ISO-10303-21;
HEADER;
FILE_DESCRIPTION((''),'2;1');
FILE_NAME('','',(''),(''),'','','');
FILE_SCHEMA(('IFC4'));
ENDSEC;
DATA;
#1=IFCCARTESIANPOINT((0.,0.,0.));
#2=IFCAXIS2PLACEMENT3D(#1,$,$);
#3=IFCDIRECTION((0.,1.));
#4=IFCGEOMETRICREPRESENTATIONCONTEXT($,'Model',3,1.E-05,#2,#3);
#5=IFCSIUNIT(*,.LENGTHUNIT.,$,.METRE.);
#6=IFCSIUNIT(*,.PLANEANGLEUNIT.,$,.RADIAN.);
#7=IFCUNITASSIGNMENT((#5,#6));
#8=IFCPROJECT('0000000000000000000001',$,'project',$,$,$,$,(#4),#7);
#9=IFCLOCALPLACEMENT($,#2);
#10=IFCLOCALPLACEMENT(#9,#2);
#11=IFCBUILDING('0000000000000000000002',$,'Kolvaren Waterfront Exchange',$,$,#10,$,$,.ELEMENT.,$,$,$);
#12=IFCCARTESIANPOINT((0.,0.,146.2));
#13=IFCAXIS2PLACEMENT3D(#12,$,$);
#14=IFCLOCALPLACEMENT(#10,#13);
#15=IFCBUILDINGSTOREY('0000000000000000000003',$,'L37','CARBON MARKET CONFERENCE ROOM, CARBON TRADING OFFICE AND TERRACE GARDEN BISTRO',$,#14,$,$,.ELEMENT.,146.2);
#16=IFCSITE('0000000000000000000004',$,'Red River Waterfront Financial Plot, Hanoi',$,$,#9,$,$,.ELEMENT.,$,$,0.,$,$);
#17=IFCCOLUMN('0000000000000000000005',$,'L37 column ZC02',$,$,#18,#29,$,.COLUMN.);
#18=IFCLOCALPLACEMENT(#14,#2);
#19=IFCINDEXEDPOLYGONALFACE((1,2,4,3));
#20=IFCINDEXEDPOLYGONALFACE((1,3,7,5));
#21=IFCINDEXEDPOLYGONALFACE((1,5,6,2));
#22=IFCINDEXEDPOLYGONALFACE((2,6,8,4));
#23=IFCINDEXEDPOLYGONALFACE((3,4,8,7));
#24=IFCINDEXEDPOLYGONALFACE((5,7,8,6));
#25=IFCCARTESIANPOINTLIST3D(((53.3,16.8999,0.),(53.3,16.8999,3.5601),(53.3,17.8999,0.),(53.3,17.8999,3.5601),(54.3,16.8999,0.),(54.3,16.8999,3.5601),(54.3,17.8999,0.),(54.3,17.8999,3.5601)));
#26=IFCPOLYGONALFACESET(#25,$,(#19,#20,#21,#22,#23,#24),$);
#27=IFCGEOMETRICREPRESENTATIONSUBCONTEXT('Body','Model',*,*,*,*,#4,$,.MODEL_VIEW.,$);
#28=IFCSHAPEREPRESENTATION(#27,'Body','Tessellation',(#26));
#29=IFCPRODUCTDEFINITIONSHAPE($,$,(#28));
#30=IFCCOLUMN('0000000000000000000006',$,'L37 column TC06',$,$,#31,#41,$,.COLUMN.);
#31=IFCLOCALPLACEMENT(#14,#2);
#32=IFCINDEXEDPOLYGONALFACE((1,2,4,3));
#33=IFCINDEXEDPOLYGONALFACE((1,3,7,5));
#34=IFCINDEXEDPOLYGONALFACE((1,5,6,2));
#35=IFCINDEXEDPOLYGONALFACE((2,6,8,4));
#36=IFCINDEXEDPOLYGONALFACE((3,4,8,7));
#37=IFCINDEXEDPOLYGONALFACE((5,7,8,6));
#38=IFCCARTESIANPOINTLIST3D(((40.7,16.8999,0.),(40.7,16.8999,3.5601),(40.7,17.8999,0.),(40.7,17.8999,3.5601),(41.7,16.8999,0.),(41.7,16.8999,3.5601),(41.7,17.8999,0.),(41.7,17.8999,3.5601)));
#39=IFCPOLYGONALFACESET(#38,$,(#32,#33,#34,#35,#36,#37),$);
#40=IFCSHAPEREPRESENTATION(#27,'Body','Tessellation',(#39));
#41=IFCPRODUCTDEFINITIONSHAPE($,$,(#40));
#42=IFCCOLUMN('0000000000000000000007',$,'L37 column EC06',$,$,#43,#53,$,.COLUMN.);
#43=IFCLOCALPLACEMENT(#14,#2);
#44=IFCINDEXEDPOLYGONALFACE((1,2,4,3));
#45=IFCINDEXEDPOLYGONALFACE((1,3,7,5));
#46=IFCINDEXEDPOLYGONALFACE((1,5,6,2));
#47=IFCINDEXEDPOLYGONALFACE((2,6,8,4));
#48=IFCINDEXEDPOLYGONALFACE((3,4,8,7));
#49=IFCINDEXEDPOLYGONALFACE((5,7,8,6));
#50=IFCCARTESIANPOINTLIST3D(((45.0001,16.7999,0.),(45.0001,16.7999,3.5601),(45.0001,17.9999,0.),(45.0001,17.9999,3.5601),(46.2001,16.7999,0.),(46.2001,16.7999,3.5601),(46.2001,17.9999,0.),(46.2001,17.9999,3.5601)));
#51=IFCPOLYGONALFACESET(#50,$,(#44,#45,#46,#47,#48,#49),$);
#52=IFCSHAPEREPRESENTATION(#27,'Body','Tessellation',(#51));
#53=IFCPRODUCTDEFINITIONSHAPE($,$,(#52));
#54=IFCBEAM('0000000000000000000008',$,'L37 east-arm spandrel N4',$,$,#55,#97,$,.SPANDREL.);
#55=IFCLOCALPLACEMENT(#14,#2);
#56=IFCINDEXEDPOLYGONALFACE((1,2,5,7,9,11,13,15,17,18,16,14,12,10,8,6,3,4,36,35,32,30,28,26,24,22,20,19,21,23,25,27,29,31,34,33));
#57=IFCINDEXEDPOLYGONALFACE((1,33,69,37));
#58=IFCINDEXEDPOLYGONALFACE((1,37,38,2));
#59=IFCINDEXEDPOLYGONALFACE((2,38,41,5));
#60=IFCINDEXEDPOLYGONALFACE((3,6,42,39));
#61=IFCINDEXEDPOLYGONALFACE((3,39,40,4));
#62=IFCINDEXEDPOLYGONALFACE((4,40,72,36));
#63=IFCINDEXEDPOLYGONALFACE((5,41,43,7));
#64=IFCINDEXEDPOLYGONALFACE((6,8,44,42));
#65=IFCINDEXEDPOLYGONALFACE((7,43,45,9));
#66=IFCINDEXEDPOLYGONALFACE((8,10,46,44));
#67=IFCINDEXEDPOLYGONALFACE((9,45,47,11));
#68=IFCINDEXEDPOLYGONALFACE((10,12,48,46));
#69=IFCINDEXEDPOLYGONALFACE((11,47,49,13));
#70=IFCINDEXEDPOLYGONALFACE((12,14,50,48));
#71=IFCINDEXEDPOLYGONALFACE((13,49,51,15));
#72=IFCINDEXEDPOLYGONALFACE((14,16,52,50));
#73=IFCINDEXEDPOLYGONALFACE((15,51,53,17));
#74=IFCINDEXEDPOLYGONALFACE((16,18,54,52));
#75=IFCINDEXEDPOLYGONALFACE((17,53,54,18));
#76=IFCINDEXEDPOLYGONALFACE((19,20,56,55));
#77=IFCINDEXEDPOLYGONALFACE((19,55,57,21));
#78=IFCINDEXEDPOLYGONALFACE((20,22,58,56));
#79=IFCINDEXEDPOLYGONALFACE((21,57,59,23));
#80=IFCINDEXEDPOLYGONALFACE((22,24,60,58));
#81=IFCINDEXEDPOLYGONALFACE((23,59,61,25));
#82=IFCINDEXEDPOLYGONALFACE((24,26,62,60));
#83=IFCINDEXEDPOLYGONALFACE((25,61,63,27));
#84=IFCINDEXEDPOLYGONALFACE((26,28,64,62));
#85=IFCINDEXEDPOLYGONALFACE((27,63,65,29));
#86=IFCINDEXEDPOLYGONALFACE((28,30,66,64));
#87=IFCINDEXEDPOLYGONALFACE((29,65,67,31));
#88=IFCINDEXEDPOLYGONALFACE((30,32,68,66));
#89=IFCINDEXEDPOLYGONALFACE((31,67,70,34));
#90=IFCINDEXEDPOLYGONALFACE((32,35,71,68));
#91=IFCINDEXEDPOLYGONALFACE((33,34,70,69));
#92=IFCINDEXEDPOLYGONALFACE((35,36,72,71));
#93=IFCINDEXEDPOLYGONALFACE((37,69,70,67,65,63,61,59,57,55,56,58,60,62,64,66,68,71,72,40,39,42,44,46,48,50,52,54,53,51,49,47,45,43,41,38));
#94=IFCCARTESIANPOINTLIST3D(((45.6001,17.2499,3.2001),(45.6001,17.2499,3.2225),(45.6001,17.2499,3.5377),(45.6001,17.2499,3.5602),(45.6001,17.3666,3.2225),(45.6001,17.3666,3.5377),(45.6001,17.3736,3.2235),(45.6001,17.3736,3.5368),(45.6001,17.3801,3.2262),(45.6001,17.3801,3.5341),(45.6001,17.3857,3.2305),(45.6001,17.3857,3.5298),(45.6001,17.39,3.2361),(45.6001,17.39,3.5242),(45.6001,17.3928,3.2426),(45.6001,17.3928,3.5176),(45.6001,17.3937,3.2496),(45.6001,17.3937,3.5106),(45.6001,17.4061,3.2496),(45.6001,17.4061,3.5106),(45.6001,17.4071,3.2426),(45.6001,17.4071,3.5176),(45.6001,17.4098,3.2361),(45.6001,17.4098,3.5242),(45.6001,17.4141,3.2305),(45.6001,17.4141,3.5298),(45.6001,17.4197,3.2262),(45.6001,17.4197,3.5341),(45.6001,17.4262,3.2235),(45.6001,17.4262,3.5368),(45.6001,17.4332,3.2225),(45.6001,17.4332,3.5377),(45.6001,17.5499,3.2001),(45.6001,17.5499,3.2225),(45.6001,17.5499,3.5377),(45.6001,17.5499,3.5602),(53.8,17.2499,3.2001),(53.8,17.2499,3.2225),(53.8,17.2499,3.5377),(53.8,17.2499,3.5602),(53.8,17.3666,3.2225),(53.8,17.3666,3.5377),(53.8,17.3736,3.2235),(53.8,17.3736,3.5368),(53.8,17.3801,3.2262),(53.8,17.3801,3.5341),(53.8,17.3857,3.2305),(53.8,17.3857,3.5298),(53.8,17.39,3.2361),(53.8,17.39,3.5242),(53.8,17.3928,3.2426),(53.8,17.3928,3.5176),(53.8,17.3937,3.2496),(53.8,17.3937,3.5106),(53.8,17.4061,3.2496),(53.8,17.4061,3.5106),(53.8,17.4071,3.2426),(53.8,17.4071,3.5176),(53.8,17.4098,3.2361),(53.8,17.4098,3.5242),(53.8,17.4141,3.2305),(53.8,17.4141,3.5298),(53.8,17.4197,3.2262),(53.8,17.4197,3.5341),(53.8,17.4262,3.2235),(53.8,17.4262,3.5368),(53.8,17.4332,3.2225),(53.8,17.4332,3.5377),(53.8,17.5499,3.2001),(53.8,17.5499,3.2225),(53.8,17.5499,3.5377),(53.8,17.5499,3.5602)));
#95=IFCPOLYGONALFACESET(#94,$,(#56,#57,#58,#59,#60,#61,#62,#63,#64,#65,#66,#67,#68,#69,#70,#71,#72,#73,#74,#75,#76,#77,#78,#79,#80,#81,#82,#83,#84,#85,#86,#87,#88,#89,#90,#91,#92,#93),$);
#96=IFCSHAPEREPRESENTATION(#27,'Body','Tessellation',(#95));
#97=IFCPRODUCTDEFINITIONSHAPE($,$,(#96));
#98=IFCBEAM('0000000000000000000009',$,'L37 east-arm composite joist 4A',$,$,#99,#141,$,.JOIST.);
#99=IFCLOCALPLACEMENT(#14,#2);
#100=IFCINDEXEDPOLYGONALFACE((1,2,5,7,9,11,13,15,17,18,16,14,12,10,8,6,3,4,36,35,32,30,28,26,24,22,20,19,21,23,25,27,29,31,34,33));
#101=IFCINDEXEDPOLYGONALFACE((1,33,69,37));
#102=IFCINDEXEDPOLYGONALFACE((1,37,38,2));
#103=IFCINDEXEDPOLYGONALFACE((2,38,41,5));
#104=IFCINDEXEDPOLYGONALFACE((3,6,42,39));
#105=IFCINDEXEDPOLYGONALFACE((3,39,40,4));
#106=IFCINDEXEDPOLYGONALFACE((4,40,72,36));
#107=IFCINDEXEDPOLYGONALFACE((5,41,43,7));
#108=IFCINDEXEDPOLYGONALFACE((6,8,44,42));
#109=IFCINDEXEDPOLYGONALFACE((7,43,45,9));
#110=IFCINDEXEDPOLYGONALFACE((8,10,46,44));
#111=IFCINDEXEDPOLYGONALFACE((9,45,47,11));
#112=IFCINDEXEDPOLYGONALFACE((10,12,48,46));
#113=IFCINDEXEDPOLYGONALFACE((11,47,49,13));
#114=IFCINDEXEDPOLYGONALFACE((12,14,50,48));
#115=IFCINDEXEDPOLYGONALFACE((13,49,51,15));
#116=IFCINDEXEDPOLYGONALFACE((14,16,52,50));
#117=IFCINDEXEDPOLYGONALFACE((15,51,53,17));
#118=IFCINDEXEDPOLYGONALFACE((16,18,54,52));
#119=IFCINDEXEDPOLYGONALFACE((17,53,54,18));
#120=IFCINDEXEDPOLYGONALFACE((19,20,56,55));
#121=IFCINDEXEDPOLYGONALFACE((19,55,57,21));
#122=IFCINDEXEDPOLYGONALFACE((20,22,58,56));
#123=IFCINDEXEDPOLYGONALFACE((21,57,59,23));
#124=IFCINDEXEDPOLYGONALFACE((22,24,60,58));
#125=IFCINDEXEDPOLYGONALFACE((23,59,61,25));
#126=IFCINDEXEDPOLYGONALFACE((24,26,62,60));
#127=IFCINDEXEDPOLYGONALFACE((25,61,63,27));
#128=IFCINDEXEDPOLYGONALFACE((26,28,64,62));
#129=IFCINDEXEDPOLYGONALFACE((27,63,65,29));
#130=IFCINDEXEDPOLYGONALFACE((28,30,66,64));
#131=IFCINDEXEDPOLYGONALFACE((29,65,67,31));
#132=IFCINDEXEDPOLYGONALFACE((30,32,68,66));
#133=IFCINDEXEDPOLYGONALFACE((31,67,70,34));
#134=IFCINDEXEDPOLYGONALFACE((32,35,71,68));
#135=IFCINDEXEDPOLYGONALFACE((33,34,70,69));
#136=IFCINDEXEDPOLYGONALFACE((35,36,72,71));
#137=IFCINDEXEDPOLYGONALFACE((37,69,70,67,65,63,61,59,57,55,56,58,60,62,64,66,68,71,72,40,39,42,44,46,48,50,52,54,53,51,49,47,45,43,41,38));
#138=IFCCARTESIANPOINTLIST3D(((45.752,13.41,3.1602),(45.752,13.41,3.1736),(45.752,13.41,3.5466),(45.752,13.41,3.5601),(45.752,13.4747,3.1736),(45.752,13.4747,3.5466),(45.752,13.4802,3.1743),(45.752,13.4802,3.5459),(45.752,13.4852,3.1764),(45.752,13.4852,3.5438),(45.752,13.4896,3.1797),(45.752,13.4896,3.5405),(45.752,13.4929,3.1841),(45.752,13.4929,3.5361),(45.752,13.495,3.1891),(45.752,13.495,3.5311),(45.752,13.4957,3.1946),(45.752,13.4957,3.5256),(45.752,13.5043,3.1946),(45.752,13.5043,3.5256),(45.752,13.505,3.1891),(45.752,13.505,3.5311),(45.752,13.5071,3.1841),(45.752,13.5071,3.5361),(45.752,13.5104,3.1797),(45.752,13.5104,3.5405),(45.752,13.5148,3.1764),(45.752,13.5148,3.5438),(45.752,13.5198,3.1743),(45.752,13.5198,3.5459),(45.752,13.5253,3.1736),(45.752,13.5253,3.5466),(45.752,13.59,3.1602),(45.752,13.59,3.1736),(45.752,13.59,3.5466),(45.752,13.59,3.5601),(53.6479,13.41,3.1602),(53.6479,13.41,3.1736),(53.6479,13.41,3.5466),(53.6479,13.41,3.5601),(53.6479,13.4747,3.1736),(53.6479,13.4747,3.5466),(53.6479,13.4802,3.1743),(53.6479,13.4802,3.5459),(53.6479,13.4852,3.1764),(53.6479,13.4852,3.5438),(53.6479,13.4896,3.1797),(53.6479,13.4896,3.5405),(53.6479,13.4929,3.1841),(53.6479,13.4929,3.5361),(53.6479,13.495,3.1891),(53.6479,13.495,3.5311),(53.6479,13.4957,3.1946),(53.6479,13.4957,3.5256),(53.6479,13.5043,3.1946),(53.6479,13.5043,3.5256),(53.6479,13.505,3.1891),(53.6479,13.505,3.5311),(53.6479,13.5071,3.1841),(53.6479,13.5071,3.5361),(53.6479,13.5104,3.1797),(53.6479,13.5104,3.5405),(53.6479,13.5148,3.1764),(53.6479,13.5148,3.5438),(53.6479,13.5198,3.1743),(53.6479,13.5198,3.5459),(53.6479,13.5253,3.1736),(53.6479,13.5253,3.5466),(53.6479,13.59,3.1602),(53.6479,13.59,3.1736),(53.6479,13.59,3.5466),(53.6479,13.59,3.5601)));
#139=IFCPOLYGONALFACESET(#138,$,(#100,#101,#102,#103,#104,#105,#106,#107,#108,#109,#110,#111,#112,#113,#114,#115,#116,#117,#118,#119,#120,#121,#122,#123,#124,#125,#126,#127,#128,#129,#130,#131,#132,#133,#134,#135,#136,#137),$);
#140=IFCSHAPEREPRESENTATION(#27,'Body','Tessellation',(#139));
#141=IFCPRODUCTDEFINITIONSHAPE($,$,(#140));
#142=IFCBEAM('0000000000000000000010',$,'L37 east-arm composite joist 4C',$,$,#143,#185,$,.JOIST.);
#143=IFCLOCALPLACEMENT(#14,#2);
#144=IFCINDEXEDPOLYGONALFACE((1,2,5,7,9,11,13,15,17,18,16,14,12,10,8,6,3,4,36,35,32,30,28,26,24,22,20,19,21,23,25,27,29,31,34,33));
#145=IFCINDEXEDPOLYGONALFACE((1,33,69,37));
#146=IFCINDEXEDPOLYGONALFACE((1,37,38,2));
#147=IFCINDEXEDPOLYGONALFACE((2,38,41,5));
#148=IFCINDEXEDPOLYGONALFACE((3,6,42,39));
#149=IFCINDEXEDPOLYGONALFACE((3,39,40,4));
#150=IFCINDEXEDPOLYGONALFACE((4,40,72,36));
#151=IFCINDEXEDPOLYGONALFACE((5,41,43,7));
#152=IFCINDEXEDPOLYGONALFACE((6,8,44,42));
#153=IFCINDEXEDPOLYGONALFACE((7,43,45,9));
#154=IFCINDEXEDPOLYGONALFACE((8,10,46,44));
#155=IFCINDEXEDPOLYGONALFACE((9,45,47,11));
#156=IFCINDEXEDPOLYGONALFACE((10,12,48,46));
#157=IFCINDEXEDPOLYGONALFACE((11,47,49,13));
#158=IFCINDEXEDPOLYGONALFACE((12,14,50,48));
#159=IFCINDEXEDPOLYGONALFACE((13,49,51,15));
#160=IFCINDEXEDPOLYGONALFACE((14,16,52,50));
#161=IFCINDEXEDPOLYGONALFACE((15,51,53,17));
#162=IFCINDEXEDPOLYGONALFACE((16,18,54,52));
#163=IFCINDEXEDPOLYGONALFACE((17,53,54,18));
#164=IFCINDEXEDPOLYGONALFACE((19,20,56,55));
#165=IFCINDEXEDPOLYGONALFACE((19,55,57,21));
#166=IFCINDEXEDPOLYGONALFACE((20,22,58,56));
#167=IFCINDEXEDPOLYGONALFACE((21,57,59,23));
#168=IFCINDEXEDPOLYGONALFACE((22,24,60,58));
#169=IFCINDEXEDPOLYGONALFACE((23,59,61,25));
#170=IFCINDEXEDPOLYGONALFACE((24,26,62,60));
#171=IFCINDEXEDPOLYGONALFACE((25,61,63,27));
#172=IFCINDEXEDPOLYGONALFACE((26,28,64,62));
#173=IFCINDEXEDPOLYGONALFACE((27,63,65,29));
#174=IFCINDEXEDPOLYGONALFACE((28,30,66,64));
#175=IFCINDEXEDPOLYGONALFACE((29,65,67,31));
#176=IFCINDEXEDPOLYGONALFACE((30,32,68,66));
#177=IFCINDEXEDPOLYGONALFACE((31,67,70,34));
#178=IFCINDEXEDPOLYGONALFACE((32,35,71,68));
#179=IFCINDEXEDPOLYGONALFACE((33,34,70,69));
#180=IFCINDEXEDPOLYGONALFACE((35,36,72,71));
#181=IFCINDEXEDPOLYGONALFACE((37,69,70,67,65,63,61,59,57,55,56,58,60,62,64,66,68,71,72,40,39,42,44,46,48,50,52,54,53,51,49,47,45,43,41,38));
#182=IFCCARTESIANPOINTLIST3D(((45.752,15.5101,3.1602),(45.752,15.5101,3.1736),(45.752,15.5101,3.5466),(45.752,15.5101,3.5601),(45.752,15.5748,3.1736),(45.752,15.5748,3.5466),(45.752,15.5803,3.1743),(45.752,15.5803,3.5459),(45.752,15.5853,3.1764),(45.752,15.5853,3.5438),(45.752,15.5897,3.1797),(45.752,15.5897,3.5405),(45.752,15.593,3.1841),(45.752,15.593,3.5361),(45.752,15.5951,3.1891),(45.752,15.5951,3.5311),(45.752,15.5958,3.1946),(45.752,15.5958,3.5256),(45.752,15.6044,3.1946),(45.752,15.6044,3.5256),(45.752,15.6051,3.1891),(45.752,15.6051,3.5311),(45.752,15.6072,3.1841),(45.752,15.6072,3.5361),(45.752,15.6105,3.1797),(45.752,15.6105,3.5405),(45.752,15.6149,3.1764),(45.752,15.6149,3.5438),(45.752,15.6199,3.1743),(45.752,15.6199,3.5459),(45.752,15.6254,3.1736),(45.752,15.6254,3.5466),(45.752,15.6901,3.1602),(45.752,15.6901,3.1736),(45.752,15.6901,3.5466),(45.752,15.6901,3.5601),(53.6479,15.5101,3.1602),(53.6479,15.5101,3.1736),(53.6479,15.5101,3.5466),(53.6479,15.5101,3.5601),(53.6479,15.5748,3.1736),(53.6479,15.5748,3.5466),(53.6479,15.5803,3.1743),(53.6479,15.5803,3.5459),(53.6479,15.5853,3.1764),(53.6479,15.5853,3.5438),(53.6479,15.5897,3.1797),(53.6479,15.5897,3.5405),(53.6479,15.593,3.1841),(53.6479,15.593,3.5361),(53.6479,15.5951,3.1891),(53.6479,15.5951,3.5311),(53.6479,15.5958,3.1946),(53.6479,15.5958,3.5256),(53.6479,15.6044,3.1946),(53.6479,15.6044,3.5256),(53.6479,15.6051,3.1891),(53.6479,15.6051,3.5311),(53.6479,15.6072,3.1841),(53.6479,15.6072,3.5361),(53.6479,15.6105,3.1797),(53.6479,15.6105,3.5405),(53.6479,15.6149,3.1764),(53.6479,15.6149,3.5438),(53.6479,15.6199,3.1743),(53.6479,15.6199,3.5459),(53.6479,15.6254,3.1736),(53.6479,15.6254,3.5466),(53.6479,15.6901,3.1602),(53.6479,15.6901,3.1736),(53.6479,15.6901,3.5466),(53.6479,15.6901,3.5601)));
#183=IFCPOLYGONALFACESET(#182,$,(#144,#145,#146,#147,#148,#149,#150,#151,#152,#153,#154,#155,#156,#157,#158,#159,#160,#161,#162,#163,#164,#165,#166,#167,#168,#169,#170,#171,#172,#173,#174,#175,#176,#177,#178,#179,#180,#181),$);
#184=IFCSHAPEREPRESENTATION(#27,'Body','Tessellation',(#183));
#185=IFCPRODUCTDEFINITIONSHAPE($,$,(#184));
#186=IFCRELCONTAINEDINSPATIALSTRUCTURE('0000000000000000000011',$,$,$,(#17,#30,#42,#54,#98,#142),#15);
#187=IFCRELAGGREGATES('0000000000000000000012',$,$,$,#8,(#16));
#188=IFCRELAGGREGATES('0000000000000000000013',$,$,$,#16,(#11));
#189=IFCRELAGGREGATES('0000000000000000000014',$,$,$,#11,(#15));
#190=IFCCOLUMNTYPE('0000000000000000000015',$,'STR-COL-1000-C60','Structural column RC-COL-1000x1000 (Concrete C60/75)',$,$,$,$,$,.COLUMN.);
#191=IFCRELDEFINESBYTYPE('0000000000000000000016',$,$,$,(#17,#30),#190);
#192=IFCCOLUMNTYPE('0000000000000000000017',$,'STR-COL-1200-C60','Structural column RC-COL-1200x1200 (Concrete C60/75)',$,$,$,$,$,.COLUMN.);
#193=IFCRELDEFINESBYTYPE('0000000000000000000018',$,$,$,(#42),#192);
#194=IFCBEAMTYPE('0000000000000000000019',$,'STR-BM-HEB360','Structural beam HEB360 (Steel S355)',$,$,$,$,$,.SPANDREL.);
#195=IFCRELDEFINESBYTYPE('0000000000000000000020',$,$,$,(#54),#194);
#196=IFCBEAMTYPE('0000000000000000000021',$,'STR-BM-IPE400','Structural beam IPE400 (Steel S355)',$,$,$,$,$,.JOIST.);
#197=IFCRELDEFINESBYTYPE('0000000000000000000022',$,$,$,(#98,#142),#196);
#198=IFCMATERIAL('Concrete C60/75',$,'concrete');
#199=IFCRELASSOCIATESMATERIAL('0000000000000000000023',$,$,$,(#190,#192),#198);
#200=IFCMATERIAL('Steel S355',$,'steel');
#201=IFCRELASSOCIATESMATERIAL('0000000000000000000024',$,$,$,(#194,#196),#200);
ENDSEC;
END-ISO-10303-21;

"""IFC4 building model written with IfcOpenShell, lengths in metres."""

from ifc_helpers import new_model, si_unit, direction, frame, origin, origin_2d, place, context, subcontext, project, spatial, rectangle, i_section, extrude, material, material_profile, profile_set, type_object, element, save


model = new_model("IFC4")

# Units and contexts
model_context = context("Model", 3, precision=1e-05, world=origin(), true_north=direction((0.0, 1.0)))
body_context = subcontext(model_context, "Body", "Model", "MODEL_VIEW")
ifc_project = project(units=[si_unit("LENGTHUNIT", "METRE"), si_unit("PLANEANGLEUNIT", "RADIAN")], contexts=[model_context])

# Site, building, storey
site_placement = place(None, origin())
site = spatial("IfcSite", under=ifc_project, at=site_placement, Name="Red River Waterfront Financial Plot, Hanoi", CompositionType="ELEMENT", RefElevation=0.0)
building_placement = place(site_placement, origin())
building = spatial("IfcBuilding", under=site, at=building_placement, Name="Kolvaren Waterfront Exchange", CompositionType="ELEMENT")
storey_placement = place(building_placement, frame((0.0, 0.0, 146.2)))
storey = spatial("IfcBuildingStorey", under=building, at=storey_placement, Name="L37", Description="CARBON MARKET CONFERENCE ROOM, CARBON TRADING OFFICE AND TERRACE GARDEN BISTRO", CompositionType="ELEMENT", Elevation=146.2)

# Columns
ifc_material_1 = material(Name="Concrete C60/75", Category="concrete")
ifc_material_profile_1 = material_profile(ifc_material_1, rectangle(XDim=1.0, YDim=1.0, at=origin_2d()), Name="RC-COL-1000x1000")
ifc_profile_set_1 = profile_set([ifc_material_profile_1], Name="Concrete C60/75")
column_type_1 = type_object("IfcColumnType", Name="STR-COL-1000-C60", Description="Structural column RC-COL-1000x1000 (Concrete C60/75)", PredefinedType="COLUMN", material=ifc_profile_set_1)
for number, where, z_axis, x_axis, name in (
    (1, (53.8, 17.3999, 0.0), (0.0, 0.0, 1.0), (1.0, 0.0, 0.0), "L37 column ZC02"),
    (2, (41.2, 17.3999, 0.0), (0.0, 0.0, 1.0), (1.0, 0.0, 0.0), "L37 column TC06"),
):
    element("IfcColumn", number, at=place(storey_placement, frame(where, z_axis=z_axis, x_axis=x_axis)), inside=storey, type_object=column_type_1, Name=name, PredefinedType="COLUMN", context=body_context, shape_type="SweptSolid", body=[
        extrude(rectangle(XDim=1.0, YDim=1.0, at=origin_2d()), origin(), (0.0, 0.0, 1.0), 3.5601),
    ])
ifc_material_profile_2 = material_profile(ifc_material_1, rectangle(XDim=1.2, YDim=1.2, at=origin_2d()), Name="RC-COL-1200x1200")
ifc_profile_set_2 = profile_set([ifc_material_profile_2], Name="Concrete C60/75")
column_type_2 = type_object("IfcColumnType", Name="STR-COL-1200-C60", Description="Structural column RC-COL-1200x1200 (Concrete C60/75)", PredefinedType="COLUMN", material=ifc_profile_set_2)
column_placement = place(storey_placement, frame((45.6001, 17.3999, 0.0), z_axis=(0.0, 0.0, 1.0), x_axis=(1.0, 0.0, 0.0)))
element("IfcColumn", 3, at=column_placement, inside=storey, type_object=column_type_2, Name="L37 column EC06", PredefinedType="COLUMN", context=body_context, shape_type="SweptSolid", body=[
    extrude(rectangle(XDim=1.2, YDim=1.2, at=origin_2d()), origin(), (0.0, 0.0, 1.0), 3.5601),
])

# Beams
ifc_material_2 = material(Name="Steel S355", Category="steel")
ifc_material_profile_3 = material_profile(ifc_material_2, i_section(OverallWidth=0.3, OverallDepth=0.3601, WebThickness=0.0125, FlangeThickness=0.0225, FilletRadius=0.0271, at=origin_2d()), Name="HEB360")
ifc_profile_set_3 = profile_set([ifc_material_profile_3], Name="Steel S355")
beam_type_1 = type_object("IfcBeamType", Name="STR-BM-HEB360", Description="Structural beam HEB360 (Steel S355)", PredefinedType="SPANDREL", material=ifc_profile_set_3)
beam_placement = place(storey_placement, frame((45.6001, 17.3999, 3.3801), z_axis=(1.0, 0.0, 0.0), x_axis=(0.0, 1.0, 0.0)))
element("IfcBeam", 4, at=beam_placement, inside=storey, type_object=beam_type_1, Name="L37 east-arm spandrel N4", PredefinedType="SPANDREL", context=body_context, shape_type="SweptSolid", body=[
    extrude(i_section(OverallWidth=0.3, OverallDepth=0.3601, WebThickness=0.0125, FlangeThickness=0.0225, FilletRadius=0.0271, at=origin_2d()), origin(), (0.0, 0.0, 1.0), 8.2),
])
ifc_material_profile_4 = material_profile(ifc_material_2, i_section(OverallWidth=0.1799, OverallDepth=0.3999, WebThickness=0.0085, FlangeThickness=0.0134, FilletRadius=0.021, at=origin_2d()), Name="IPE400")
ifc_profile_set_4 = profile_set([ifc_material_profile_4], Name="Steel S355")
beam_type_2 = type_object("IfcBeamType", Name="STR-BM-IPE400", Description="Structural beam IPE400 (Steel S355)", PredefinedType="JOIST", material=ifc_profile_set_4)
for number, where, z_axis, x_axis, name in (
    (5, (45.752, 13.5, 3.3601), (1.0, 0.0, 0.0), (0.0, 1.0, 0.0), "L37 east-arm composite joist 4A"),
    (6, (45.752, 15.6001, 3.3601), (1.0, 0.0, 0.0), (0.0, 1.0, 0.0), "L37 east-arm composite joist 4C"),
):
    element("IfcBeam", number, at=place(storey_placement, frame(where, z_axis=z_axis, x_axis=x_axis)), inside=storey, type_object=beam_type_2, Name=name, PredefinedType="JOIST", context=body_context, shape_type="SweptSolid", body=[
        extrude(i_section(OverallWidth=0.1799, OverallDepth=0.3999, WebThickness=0.0085, FlangeThickness=0.0134, FilletRadius=0.021, at=origin_2d()), origin(), (0.0, 0.0, 1.0), 7.896),
    ])

save(model, "model.ifc")
